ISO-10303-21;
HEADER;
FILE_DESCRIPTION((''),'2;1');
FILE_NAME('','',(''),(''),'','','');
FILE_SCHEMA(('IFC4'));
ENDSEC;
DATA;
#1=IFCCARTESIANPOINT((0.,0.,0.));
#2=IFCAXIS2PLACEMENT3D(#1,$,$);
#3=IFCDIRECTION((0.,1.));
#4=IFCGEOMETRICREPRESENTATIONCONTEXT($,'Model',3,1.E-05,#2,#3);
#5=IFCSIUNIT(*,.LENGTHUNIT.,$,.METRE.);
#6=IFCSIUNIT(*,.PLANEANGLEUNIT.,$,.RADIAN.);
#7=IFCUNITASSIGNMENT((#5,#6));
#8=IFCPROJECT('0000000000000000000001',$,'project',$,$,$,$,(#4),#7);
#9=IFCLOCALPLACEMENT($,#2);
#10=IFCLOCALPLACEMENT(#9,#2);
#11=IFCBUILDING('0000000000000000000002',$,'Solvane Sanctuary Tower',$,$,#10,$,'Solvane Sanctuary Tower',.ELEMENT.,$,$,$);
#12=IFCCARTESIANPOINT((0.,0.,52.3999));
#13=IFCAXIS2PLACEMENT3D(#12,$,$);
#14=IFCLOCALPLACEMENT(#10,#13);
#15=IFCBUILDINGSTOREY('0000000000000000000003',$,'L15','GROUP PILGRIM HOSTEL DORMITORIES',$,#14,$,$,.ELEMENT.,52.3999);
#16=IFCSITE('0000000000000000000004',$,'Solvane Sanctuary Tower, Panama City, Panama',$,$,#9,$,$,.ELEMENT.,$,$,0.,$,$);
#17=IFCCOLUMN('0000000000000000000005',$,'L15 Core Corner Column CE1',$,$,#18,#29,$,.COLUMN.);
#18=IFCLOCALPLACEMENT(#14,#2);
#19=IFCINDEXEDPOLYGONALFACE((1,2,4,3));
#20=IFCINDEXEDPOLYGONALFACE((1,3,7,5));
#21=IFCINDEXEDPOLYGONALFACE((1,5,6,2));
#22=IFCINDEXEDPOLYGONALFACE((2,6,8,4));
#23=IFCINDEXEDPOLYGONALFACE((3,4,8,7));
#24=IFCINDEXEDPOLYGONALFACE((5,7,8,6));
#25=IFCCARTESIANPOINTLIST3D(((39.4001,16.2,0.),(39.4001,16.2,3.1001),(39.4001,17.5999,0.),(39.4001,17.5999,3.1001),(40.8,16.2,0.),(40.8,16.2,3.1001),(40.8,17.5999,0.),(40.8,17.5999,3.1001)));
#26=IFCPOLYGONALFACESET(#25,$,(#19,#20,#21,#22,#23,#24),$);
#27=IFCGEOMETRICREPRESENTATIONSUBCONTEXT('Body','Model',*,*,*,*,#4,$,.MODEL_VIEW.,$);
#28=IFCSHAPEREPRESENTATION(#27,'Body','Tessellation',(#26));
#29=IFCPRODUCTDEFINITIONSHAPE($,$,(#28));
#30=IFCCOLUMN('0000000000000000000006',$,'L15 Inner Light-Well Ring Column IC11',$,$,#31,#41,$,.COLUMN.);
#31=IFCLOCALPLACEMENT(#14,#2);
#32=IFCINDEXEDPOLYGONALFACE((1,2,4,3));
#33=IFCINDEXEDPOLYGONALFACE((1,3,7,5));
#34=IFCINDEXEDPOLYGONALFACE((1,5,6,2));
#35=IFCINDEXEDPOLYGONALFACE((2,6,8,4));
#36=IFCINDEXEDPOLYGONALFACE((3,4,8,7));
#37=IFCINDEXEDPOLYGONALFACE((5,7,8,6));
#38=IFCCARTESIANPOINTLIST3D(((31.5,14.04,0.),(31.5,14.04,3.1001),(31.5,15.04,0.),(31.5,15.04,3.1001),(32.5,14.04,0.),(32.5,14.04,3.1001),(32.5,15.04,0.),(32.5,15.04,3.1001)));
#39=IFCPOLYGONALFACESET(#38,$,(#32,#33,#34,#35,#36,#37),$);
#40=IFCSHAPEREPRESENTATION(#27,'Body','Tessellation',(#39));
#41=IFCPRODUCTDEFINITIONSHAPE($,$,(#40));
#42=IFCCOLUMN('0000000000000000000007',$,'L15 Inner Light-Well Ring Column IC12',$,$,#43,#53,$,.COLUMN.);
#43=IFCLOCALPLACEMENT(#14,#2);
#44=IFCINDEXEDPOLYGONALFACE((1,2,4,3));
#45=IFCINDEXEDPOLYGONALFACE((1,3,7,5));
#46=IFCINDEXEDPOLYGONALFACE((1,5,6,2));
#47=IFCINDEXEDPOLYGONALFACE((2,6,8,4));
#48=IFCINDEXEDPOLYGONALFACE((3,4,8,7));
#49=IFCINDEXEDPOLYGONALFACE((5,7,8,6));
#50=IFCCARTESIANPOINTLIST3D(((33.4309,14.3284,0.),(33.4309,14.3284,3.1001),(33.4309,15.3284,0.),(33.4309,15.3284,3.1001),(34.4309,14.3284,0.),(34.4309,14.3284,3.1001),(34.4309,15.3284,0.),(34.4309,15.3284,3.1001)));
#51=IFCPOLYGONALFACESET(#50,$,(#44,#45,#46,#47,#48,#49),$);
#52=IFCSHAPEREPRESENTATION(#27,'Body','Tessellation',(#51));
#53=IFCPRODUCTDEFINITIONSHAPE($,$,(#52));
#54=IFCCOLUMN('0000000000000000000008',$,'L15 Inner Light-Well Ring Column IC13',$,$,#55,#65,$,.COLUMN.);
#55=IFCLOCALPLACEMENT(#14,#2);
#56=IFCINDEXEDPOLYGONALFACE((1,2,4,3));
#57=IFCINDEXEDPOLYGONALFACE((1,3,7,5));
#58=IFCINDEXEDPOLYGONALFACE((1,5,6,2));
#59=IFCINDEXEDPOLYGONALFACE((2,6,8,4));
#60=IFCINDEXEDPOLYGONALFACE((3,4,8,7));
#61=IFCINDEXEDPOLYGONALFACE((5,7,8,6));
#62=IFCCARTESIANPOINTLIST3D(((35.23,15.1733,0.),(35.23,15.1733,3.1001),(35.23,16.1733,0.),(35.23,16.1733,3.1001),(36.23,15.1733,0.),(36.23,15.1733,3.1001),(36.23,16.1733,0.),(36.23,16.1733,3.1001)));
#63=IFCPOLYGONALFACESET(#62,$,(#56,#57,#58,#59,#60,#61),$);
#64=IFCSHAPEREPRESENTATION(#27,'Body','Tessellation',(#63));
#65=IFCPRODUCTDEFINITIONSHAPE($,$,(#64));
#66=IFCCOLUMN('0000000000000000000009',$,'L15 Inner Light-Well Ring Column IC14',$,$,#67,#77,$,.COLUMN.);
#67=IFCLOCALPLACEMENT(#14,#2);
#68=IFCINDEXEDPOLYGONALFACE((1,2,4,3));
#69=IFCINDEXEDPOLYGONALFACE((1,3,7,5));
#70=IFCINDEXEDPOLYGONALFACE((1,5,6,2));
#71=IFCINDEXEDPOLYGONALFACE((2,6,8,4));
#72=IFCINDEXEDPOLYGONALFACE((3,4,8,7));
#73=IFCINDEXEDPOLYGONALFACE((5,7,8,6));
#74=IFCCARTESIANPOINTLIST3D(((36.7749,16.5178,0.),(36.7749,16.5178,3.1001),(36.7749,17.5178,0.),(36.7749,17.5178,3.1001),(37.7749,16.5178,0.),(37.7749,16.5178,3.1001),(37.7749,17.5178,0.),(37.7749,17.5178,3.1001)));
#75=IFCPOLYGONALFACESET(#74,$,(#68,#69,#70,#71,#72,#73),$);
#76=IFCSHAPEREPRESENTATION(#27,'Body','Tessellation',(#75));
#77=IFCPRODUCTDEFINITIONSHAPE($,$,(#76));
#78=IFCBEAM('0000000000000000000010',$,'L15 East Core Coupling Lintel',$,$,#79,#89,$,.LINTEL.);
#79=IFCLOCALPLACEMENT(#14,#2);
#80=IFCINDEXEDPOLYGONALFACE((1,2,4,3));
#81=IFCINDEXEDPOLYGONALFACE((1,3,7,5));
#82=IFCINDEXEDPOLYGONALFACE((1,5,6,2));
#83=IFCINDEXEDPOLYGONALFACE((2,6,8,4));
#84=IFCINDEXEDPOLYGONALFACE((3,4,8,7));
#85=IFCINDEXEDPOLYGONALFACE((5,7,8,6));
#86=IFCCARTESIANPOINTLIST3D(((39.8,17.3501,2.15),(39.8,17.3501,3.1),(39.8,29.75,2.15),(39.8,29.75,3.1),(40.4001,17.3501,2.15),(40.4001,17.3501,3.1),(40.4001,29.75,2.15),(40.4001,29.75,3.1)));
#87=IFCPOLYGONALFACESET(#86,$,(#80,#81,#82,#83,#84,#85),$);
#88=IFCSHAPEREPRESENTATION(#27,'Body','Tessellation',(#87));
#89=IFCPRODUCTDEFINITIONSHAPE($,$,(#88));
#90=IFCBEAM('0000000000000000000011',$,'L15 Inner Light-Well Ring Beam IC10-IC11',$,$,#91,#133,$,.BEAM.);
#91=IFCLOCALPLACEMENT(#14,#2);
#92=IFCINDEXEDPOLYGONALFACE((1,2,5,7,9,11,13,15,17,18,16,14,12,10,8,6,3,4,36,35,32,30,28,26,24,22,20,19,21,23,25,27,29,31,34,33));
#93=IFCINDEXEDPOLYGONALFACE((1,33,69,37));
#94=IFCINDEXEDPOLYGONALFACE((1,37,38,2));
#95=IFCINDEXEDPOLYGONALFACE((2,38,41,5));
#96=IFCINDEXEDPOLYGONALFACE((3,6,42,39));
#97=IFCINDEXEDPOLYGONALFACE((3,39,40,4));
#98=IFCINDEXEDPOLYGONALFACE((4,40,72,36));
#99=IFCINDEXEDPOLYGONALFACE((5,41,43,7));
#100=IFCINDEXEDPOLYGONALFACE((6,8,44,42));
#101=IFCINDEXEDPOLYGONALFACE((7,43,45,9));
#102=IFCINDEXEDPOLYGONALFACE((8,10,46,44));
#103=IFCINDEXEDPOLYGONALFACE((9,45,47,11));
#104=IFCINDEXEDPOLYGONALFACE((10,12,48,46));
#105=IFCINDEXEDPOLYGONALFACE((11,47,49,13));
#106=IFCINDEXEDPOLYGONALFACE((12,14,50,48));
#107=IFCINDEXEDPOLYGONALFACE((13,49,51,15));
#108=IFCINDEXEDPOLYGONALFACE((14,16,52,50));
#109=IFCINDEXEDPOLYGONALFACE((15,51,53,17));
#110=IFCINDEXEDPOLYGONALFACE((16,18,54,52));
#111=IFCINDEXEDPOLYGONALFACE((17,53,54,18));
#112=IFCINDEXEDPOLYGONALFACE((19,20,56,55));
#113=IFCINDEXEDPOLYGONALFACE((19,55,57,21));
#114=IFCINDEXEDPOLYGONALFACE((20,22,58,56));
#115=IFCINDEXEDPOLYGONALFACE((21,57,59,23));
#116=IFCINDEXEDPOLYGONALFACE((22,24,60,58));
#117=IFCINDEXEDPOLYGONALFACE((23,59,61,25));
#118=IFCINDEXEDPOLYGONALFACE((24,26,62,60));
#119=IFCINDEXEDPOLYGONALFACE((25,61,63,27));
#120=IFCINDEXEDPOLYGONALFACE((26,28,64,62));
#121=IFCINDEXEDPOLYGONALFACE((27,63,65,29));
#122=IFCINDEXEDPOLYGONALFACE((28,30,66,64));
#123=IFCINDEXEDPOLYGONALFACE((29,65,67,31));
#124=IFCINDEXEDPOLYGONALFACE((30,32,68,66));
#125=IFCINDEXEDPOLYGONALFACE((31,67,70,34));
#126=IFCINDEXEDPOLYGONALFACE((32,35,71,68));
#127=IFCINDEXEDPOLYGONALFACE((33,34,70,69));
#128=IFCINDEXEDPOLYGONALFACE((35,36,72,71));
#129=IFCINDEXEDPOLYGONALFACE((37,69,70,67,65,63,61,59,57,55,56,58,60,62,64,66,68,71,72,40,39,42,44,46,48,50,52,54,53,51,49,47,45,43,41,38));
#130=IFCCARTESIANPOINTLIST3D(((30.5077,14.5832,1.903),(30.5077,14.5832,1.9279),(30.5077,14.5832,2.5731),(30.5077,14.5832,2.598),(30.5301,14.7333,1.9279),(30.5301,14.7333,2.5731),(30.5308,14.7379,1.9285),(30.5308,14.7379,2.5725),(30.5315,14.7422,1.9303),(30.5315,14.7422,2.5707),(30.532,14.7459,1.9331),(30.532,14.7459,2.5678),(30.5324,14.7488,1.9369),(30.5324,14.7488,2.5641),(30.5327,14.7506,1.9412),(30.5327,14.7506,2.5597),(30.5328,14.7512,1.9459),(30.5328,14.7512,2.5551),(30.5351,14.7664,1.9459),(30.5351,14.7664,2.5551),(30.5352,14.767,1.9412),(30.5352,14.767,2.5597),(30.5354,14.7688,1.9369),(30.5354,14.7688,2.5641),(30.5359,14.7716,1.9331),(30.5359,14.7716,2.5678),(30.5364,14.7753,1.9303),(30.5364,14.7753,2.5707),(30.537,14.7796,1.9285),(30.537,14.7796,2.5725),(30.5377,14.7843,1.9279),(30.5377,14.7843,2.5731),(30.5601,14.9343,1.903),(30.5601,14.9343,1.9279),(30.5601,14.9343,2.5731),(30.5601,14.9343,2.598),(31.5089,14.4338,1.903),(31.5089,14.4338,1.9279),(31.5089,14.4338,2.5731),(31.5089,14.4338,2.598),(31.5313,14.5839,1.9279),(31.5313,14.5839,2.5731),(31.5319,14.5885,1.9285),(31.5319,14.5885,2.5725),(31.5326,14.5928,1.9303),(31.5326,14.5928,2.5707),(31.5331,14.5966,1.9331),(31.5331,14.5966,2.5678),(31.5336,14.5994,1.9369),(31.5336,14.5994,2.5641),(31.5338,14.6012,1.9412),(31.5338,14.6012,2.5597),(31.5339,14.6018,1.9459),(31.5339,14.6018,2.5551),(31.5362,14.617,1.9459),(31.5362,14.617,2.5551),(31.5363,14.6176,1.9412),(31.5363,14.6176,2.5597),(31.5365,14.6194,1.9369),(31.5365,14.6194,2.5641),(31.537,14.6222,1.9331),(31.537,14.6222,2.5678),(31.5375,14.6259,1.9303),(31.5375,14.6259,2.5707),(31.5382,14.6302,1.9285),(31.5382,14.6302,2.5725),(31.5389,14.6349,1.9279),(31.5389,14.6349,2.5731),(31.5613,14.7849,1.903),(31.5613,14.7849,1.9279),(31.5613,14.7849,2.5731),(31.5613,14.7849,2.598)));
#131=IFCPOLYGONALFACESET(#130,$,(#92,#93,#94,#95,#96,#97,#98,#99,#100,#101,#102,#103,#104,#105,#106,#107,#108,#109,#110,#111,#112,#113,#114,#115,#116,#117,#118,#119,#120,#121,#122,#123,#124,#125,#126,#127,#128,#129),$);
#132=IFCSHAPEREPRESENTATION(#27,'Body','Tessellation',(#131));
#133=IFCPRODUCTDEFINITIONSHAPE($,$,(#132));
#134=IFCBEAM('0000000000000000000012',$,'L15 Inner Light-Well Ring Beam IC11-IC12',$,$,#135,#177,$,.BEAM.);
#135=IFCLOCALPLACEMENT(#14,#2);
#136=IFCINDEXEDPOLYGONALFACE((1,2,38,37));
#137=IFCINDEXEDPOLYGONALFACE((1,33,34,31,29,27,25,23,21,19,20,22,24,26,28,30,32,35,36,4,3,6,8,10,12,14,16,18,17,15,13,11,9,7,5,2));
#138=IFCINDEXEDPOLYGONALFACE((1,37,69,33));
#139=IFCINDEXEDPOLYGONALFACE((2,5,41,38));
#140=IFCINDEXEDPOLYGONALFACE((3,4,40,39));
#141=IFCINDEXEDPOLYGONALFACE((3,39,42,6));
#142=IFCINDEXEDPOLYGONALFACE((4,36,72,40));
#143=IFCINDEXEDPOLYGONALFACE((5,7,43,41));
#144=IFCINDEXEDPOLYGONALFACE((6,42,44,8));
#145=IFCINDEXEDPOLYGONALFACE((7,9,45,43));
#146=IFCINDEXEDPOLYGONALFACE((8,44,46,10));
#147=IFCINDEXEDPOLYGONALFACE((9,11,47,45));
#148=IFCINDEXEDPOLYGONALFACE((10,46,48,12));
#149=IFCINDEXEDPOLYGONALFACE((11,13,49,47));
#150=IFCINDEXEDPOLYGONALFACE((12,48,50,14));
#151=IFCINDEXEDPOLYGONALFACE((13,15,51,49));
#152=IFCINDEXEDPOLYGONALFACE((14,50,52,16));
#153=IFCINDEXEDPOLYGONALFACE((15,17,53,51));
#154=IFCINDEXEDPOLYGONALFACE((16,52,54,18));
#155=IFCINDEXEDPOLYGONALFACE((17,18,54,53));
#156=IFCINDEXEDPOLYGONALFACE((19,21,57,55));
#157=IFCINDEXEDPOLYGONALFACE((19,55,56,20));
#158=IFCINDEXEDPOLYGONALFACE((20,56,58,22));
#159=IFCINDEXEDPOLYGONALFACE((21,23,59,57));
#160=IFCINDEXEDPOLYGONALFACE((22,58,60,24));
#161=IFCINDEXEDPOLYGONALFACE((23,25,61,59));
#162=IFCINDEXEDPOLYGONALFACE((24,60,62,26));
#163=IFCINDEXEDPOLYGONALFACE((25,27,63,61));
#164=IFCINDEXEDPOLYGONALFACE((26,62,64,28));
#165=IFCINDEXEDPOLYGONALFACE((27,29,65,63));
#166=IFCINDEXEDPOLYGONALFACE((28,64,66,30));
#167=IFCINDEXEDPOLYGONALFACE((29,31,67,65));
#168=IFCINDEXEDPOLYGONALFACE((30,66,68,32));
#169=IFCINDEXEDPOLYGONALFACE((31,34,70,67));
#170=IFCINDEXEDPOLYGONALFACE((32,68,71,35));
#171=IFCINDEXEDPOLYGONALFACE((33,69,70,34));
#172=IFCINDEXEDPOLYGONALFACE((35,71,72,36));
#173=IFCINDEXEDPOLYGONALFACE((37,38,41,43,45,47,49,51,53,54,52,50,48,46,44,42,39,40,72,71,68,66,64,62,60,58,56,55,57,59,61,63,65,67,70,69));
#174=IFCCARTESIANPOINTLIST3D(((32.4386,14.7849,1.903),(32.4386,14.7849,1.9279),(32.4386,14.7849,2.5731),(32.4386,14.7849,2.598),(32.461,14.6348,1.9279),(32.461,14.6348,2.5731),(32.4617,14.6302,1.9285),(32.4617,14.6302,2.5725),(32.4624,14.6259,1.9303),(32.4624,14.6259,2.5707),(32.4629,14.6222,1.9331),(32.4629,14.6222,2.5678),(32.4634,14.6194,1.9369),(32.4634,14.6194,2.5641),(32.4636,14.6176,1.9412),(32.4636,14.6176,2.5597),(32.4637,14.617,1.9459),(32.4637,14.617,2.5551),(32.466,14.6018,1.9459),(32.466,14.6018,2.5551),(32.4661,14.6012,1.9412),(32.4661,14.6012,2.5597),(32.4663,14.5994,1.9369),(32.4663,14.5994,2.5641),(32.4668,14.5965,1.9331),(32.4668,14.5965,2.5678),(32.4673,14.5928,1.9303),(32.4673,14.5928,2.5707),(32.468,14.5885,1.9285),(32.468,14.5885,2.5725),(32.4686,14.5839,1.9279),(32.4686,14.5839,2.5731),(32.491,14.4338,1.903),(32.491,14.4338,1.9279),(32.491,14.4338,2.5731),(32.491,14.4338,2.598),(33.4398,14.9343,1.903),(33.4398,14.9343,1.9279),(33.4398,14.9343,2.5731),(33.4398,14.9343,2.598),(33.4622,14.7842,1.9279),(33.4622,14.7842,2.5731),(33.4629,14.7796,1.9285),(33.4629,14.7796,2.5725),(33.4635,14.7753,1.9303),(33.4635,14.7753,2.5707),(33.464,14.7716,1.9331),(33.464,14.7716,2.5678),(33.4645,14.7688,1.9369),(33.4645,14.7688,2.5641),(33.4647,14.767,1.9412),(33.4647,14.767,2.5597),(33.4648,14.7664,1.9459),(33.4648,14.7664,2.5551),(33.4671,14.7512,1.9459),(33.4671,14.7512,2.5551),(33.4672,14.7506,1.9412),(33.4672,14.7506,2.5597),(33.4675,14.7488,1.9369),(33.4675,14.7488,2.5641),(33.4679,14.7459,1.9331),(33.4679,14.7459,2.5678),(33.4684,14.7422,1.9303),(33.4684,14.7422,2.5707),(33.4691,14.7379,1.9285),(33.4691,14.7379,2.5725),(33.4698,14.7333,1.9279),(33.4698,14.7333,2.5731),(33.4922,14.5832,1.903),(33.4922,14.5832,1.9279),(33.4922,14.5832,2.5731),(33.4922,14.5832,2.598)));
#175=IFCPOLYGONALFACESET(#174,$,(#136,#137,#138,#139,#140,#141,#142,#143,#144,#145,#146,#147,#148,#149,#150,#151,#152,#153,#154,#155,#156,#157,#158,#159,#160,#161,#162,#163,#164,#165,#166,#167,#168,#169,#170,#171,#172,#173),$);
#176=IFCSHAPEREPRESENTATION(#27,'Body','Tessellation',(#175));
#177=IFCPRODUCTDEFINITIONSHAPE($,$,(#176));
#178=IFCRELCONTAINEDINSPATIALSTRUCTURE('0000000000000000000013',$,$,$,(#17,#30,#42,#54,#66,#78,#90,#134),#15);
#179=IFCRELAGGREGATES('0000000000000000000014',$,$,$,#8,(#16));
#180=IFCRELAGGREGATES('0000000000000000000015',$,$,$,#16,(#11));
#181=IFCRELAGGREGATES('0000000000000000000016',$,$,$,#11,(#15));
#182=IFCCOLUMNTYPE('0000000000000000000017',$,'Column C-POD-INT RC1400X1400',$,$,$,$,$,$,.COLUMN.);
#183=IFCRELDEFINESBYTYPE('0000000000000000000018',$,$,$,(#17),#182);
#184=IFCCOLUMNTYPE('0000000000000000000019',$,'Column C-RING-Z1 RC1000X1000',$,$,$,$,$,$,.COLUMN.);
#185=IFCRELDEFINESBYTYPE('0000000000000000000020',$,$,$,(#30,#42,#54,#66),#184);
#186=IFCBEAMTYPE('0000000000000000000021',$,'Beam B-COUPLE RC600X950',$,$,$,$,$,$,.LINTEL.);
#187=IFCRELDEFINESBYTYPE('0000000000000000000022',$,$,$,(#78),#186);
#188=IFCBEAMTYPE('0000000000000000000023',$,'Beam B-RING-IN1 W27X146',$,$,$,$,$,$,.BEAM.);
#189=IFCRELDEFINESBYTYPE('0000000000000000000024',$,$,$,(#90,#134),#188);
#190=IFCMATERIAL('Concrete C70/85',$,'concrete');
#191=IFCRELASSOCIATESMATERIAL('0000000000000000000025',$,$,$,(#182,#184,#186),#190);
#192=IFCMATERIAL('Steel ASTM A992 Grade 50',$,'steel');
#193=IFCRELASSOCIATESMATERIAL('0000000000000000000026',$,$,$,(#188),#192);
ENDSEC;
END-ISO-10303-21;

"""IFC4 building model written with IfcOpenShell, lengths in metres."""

from ifc_helpers import new_model, si_unit, direction, frame, origin, origin_2d, place, context, subcontext, project, spatial, rectangle, i_section, extrude, material, material_profile, profile_set, type_object, element, save


model = new_model("IFC4")

# Units and contexts
model_context = context("Model", 3, precision=1e-05, world=origin(), true_north=direction((0.0, 1.0)))
body_context = subcontext(model_context, "Body", "Model", "MODEL_VIEW")
ifc_project = project(units=[si_unit("LENGTHUNIT", "METRE"), si_unit("PLANEANGLEUNIT", "RADIAN")], contexts=[model_context])

# Site, building, storey
site_placement = place(None, origin())
site = spatial("IfcSite", under=ifc_project, at=site_placement, Name="Solvane Sanctuary Tower, Panama City, Panama", CompositionType="ELEMENT", RefElevation=0.0)
building_placement = place(site_placement, origin())
building = spatial("IfcBuilding", under=site, at=building_placement, Name="Solvane Sanctuary Tower", LongName="Solvane Sanctuary Tower", CompositionType="ELEMENT")
storey_placement = place(building_placement, frame((0.0, 0.0, 52.3999)))
storey = spatial("IfcBuildingStorey", under=building, at=storey_placement, Name="L15", Description="GROUP PILGRIM HOSTEL DORMITORIES", CompositionType="ELEMENT", Elevation=52.3999)

# Columns
ifc_material_1 = material(Name="Concrete C70/85", Category="concrete")
ifc_material_profile_1 = material_profile(ifc_material_1, rectangle(XDim=1.3999, YDim=1.3999, at=origin_2d()), Name="RC1400X1400")
ifc_profile_set_1 = profile_set([ifc_material_profile_1], Name="Concrete C70/85")
column_type_1 = type_object("IfcColumnType", Name="Column C-POD-INT RC1400X1400", PredefinedType="COLUMN", material=ifc_profile_set_1)
column_placement = place(storey_placement, frame((40.1001, 16.8999, 0.0), z_axis=(0.0, 0.0, 1.0), x_axis=(1.0, 0.0, 0.0)))
element("IfcColumn", 1, at=column_placement, inside=storey, type_object=column_type_1, Name="L15 Core Corner Column CE1", PredefinedType="COLUMN", context=body_context, shape_type="SweptSolid", body=[
    extrude(rectangle(XDim=1.3999, YDim=1.3999, at=origin_2d()), origin(), (0.0, 0.0, 1.0), 3.1001),
])
ifc_material_profile_2 = material_profile(ifc_material_1, rectangle(XDim=1.0, YDim=1.0, at=origin_2d()), Name="RC1000X1000")
ifc_profile_set_2 = profile_set([ifc_material_profile_2], Name="Concrete C70/85")
column_type_2 = type_object("IfcColumnType", Name="Column C-RING-Z1 RC1000X1000", PredefinedType="COLUMN", material=ifc_profile_set_2)
for number, where, z_axis, x_axis, name in (
    (2, (32.0, 14.54, 0.0), (0.0, 0.0, 1.0), (1.0, 0.0, 0.0), "L15 Inner Light-Well Ring Column IC11"),
    (3, (33.9309, 14.8284, 0.0), (0.0, 0.0, 1.0), (1.0, 0.0, 0.0), "L15 Inner Light-Well Ring Column IC12"),
    (4, (35.73, 15.6733, 0.0), (0.0, 0.0, 1.0), (1.0, 0.0, 0.0), "L15 Inner Light-Well Ring Column IC13"),
    (5, (37.2749, 17.0178, 0.0), (0.0, 0.0, 1.0), (1.0, 0.0, 0.0), "L15 Inner Light-Well Ring Column IC14"),
):
    element("IfcColumn", number, at=place(storey_placement, frame(where, z_axis=z_axis, x_axis=x_axis)), inside=storey, type_object=column_type_2, Name=name, PredefinedType="COLUMN", context=body_context, shape_type="SweptSolid", body=[
        extrude(rectangle(XDim=1.0, YDim=1.0, at=origin_2d()), origin(), (0.0, 0.0, 1.0), 3.1001),
    ])

# Beams
ifc_material_profile_3 = material_profile(ifc_material_1, rectangle(XDim=0.6001, YDim=0.95, at=origin_2d()), Name="RC600X950")
ifc_profile_set_3 = profile_set([ifc_material_profile_3], Name="Concrete C70/85")
beam_type_1 = type_object("IfcBeamType", Name="Beam B-COUPLE RC600X950", PredefinedType="LINTEL", material=ifc_profile_set_3)
beam_1_placement = place(storey_placement, frame((40.1001, 17.3501, 2.625), z_axis=(0.0, 1.0, 0.0), x_axis=(-1.0, 0.0, 0.0)))
element("IfcBeam", 6, at=beam_1_placement, inside=storey, type_object=beam_type_1, Name="L15 East Core Coupling Lintel", PredefinedType="LINTEL", context=body_context, shape_type="SweptSolid", body=[
    extrude(rectangle(XDim=0.6001, YDim=0.95, at=origin_2d()), origin(), (0.0, 0.0, 1.0), 12.3999),
])
ifc_material_2 = material(Name="Steel ASTM A992 Grade 50", Category="steel")
ifc_material_profile_4 = material_profile(ifc_material_2, i_section(OverallWidth=0.355, OverallDepth=0.6951, WebThickness=0.0154, FlangeThickness=0.0249, FilletRadius=0.0181, at=origin_2d()), Name="W27X146")
ifc_profile_set_4 = profile_set([ifc_material_profile_4], Name="Steel ASTM A992 Grade 50")
beam_type_2 = type_object("IfcBeamType", Name="Beam B-RING-IN1 W27X146", PredefinedType="BEAM", material=ifc_profile_set_4)
for number, where, z_axis, x_axis, name in (
    (7, (30.5339, 14.7588, 2.2505), (0.989048, -0.147597, 0.0), (0.147597, 0.989048, 0.0), "L15 Inner Light-Well Ring Beam IC10-IC11"),
    (8, (32.4648, 14.6094, 2.2505), (0.989048, 0.147597, 0.0), (-0.147597, 0.989048, 0.0), "L15 Inner Light-Well Ring Beam IC11-IC12"),
):
    element("IfcBeam", number, at=place(storey_placement, frame(where, z_axis=z_axis, x_axis=x_axis)), inside=storey, type_object=beam_type_2, Name=name, PredefinedType="BEAM", context=body_context, shape_type="SweptSolid", body=[
        extrude(i_section(OverallWidth=0.355, OverallDepth=0.6951, WebThickness=0.0154, FlangeThickness=0.0249, FilletRadius=0.0181, at=origin_2d()), origin(), (0.0, 0.0, 1.0), 1.0122),
    ])

save(model, "model.ifc")
